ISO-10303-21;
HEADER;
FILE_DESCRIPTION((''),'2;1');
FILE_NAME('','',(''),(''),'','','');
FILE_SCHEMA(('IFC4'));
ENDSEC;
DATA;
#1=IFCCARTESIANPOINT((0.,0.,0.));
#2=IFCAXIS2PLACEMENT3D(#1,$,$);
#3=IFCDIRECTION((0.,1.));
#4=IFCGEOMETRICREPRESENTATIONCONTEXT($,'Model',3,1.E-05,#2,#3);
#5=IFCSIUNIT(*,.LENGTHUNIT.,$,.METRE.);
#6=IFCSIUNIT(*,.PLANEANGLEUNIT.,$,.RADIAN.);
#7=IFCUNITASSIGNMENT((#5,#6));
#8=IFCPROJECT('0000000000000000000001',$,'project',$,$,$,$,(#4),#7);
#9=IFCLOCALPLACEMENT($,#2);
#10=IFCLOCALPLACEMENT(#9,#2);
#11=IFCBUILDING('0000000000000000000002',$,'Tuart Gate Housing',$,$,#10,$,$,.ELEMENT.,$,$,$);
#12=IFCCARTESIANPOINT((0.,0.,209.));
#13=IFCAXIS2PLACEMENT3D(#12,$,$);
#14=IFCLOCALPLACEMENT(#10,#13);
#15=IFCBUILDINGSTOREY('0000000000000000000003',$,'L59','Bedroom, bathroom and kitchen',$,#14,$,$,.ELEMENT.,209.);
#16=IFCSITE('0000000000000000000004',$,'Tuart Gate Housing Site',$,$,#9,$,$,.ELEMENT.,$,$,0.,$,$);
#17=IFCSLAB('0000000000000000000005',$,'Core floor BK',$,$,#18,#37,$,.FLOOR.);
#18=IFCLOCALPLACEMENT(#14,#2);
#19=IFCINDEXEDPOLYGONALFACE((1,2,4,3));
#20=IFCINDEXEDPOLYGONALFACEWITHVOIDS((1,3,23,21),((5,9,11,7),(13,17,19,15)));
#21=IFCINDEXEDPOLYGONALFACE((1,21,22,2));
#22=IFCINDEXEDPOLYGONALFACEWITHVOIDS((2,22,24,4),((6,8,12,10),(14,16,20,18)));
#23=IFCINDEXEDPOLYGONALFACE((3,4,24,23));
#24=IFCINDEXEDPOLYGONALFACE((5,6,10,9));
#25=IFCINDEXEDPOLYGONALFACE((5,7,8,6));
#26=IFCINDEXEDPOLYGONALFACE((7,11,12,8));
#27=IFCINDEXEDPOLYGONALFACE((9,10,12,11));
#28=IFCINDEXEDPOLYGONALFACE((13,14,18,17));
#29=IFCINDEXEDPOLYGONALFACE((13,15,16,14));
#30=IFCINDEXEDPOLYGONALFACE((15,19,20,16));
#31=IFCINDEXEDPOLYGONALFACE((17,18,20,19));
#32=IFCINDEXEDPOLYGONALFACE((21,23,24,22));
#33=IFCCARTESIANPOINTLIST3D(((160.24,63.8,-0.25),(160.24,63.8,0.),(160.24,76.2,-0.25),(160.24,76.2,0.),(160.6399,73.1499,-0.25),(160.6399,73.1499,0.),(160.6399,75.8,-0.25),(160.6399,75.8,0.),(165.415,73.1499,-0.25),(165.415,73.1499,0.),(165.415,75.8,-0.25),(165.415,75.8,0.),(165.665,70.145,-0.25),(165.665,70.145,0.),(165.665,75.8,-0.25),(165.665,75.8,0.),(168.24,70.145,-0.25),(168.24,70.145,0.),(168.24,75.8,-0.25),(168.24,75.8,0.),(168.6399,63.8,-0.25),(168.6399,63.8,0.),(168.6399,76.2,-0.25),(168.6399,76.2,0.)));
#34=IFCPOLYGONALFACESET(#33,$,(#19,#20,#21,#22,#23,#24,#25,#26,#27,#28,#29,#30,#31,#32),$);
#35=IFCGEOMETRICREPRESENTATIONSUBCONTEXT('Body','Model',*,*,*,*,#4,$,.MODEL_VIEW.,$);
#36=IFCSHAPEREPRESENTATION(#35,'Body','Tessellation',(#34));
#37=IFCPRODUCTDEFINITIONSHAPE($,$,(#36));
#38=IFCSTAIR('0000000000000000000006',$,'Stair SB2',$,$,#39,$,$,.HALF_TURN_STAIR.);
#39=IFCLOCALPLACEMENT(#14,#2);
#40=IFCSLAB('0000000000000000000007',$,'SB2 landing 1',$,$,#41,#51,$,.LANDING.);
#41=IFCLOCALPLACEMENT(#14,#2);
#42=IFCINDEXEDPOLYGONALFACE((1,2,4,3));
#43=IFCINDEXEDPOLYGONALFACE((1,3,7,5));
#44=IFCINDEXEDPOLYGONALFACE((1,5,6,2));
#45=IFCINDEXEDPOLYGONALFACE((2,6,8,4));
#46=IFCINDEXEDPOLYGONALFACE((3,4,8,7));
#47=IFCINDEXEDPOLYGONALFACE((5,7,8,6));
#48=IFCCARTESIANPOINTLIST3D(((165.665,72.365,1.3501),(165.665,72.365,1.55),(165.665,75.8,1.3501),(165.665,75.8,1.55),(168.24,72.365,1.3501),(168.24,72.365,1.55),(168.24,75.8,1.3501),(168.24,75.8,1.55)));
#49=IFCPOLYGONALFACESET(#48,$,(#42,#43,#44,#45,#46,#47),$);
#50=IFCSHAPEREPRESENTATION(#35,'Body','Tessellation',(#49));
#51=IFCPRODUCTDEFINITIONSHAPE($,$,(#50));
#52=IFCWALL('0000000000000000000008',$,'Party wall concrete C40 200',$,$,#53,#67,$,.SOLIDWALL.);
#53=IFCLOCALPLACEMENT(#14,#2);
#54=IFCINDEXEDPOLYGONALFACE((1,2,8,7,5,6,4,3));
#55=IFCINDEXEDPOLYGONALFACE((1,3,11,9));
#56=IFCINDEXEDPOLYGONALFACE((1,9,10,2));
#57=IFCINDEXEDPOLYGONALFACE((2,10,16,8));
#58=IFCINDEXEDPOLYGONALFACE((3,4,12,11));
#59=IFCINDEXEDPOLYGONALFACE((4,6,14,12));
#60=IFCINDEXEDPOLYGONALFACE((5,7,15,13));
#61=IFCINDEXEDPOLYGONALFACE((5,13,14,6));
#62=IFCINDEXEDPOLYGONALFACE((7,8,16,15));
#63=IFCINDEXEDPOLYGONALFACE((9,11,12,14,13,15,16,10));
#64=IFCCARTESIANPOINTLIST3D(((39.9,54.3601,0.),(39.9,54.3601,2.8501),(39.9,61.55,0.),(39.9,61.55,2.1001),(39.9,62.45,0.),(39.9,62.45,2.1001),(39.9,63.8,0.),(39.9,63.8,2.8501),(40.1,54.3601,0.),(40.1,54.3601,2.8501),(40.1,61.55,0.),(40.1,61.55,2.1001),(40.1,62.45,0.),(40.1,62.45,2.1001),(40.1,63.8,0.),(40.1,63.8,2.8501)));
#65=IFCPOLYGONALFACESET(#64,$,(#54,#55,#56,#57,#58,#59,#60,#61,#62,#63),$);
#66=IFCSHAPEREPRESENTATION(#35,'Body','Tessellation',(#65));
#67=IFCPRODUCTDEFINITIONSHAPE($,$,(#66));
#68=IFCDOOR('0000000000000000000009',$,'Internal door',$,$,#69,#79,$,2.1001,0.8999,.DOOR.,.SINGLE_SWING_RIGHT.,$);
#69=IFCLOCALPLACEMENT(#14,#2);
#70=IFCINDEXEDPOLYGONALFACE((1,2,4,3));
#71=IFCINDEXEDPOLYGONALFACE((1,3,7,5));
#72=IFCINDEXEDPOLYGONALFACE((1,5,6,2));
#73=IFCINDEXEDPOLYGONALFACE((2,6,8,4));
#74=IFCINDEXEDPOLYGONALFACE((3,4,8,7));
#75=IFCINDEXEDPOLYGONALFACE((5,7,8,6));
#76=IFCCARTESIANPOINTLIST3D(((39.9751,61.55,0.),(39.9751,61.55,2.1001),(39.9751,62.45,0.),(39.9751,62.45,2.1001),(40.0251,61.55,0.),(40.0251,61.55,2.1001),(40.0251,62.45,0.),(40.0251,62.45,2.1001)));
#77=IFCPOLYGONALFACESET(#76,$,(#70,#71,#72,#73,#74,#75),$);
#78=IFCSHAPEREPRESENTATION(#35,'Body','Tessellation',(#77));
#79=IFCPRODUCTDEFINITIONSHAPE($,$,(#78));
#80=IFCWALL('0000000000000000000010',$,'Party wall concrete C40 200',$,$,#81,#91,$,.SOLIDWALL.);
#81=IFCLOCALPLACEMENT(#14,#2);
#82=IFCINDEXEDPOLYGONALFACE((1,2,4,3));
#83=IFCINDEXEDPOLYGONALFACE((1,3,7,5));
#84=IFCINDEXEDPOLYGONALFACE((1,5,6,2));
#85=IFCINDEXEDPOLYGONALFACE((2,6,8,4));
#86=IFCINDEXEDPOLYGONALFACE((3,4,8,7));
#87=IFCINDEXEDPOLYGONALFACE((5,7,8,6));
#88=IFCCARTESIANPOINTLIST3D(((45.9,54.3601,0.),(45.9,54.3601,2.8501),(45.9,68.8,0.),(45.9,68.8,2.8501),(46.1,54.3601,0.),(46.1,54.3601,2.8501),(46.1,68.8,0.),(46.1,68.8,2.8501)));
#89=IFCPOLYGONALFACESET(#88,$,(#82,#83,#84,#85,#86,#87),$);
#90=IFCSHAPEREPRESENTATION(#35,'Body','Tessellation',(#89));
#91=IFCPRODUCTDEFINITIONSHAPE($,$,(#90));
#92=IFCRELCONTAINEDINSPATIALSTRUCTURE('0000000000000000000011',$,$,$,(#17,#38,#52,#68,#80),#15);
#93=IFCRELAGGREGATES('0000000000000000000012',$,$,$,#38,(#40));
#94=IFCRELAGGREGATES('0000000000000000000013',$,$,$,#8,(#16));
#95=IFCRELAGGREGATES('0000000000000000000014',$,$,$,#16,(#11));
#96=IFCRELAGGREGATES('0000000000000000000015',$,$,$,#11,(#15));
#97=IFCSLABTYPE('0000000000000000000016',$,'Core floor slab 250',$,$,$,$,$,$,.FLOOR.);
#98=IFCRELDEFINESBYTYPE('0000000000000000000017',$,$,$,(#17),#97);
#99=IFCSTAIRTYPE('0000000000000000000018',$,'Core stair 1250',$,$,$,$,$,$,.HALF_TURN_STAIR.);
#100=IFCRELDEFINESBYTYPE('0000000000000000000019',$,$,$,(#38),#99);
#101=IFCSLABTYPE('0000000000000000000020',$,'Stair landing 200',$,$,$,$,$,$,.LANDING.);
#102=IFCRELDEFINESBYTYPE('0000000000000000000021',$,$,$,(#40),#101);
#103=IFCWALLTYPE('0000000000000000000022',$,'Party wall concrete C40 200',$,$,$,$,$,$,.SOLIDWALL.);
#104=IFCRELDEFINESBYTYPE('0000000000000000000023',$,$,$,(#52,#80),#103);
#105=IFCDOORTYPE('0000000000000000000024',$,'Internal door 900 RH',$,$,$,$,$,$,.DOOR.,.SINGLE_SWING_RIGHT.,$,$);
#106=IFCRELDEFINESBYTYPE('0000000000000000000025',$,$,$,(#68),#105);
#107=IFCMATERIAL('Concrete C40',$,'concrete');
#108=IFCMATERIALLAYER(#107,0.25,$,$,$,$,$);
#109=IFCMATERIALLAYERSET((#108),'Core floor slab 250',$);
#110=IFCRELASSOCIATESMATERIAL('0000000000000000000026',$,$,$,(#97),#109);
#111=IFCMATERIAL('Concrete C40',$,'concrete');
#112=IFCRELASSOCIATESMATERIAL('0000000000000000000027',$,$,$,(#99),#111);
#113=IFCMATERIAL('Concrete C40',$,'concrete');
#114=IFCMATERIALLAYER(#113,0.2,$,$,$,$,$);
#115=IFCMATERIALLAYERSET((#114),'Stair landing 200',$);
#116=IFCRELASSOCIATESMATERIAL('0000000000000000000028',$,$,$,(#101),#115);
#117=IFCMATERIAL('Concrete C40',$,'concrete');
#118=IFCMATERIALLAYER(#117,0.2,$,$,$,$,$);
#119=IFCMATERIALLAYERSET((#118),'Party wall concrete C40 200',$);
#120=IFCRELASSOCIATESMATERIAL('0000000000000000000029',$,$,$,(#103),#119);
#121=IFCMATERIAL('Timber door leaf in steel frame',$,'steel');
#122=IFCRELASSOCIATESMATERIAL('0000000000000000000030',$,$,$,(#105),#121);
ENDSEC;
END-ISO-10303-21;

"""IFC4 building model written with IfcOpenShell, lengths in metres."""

from ifc_helpers import new_model, si_unit, direction, frame, frame_2d, origin, place, context, subcontext, project, spatial, polyline, rectangle, outline, extrude, material, layer, layer_set, type_object, element, fill, aggregate, save


model = new_model("IFC4")

# Units and contexts
model_context = context("Model", 3, precision=1e-05, world=origin(), true_north=direction((0.0, 1.0)))
body_context = subcontext(model_context, "Body", "Model", "MODEL_VIEW")
ifc_project = project(units=[si_unit("LENGTHUNIT", "METRE"), si_unit("PLANEANGLEUNIT", "RADIAN")], contexts=[model_context])

# Site, building, storey
site_placement = place(None, origin())
site = spatial("IfcSite", under=ifc_project, at=site_placement, Name="Tuart Gate Housing Site", CompositionType="ELEMENT", RefElevation=0.0)
building_placement = place(site_placement, origin())
building = spatial("IfcBuilding", under=site, at=building_placement, Name="Tuart Gate Housing", CompositionType="ELEMENT")
storey_placement = place(building_placement, frame((0.0, 0.0, 209.0)))
storey = spatial("IfcBuildingStorey", under=building, at=storey_placement, Name="L59", Description="Bedroom, bathroom and kitchen", CompositionType="ELEMENT", Elevation=209.0)

# Slab
ifc_material_1 = material(Name="Concrete C40", Category="concrete")
ifc_layer_1 = layer(ifc_material_1, 0.25)
ifc_layer_set_1 = layer_set([ifc_layer_1], Name="Core floor slab 250")
slab_type_1 = type_object("IfcSlabType", Name="Core floor slab 250", PredefinedType="FLOOR", material=ifc_layer_set_1)
slab_1_placement = place(storey_placement, frame((0.0, 0.0, -0.25)))
element("IfcSlab", 1, at=slab_1_placement, inside=storey, type_object=slab_type_1, Name="Core floor BK", PredefinedType="FLOOR", context=body_context, shape_type="SweptSolid", body=[
    extrude(outline(polyline([(160.24, 63.8), (168.6399, 63.8), (168.6399, 76.2), (160.24, 76.2), (160.24, 63.8)]), holes=[polyline([(160.6399, 73.1499), (165.415, 73.1499), (165.415, 75.8), (160.6399, 75.8), (160.6399, 73.1499)]), polyline([(165.665, 70.145), (168.24, 70.145), (168.24, 75.8), (165.665, 75.8), (165.665, 70.145)])]), origin(), (0.0, 0.0, 1.0), 0.25),
])

# Stair, slab
ifc_material_2 = material(Name="Concrete C40", Category="concrete")
stair_type = type_object("IfcStairType", Name="Core stair 1250", PredefinedType="HALF_TURN_STAIR", material=ifc_material_2)
stair_placement = place(storey_placement, origin())
stair = element("IfcStair", 2, at=stair_placement, inside=storey, type_object=stair_type, Name="Stair SB2", PredefinedType="HALF_TURN_STAIR")
ifc_material_3 = material(Name="Concrete C40", Category="concrete")
ifc_layer_2 = layer(ifc_material_3, 0.2)
ifc_layer_set_2 = layer_set([ifc_layer_2], Name="Stair landing 200")
slab_type_2 = type_object("IfcSlabType", Name="Stair landing 200", PredefinedType="LANDING", material=ifc_layer_set_2)
slab_2_placement = place(storey_placement, frame((0.0, 0.0, 1.3501)))
slab_2 = element("IfcSlab", 3, at=slab_2_placement, type_object=slab_type_2, Name="SB2 landing 1", PredefinedType="LANDING", context=body_context, shape_type="SweptSolid", body=[
    extrude(outline(polyline([(165.665, 72.365), (168.24, 72.365), (168.24, 75.8), (165.665, 75.8), (165.665, 72.365)])), origin(), (0.0, 0.0, 1.0), 0.2),
])
aggregate(stair, [slab_2])

# Wall, opening, door
ifc_material_4 = material(Name="Concrete C40", Category="concrete")
ifc_layer_3 = layer(ifc_material_4, 0.2)
ifc_layer_set_3 = layer_set([ifc_layer_3], Name="Party wall concrete C40 200")
wall_type_1 = type_object("IfcWallType", Name="Party wall concrete C40 200", PredefinedType="SOLIDWALL", material=ifc_layer_set_3)
wall_1_placement = place(storey_placement, frame((40.0, 54.3601, 0.0), z_axis=(0.0, 0.0, 1.0), x_axis=(0.0, 1.0, 0.0)))
wall_1 = element("IfcWall", 4, at=wall_1_placement, inside=storey, type_object=wall_type_1, Name="Party wall concrete C40 200", PredefinedType="SOLIDWALL", context=body_context, shape_type="SweptSolid", body=[
    extrude(rectangle(XDim=9.4399, YDim=0.2, at=frame_2d((4.72, 0.0))), origin(), (0.0, 0.0, 1.0), 2.8501),
])
opening_1_placement = place(wall_1_placement, frame((7.1899, 0.0, 0.0)))
opening_1 = element("IfcOpeningElement", 5, at=opening_1_placement, cuts=wall_1, PredefinedType="OPENING", context=body_context, shape_type="SweptSolid", body=[
    extrude(rectangle(XDim=0.8999, YDim=2.1001, at=frame_2d((0.45, 1.05))), frame((0.0, 0.1099, 0.0), z_axis=(0.0, -1.0, 0.0), x_axis=(1.0, 0.0, 0.0)), (0.0, 0.0, 1.0), 0.22),
])
ifc_material_5 = material(Name="Timber door leaf in steel frame", Category="steel")
door_type = type_object("IfcDoorType", Name="Internal door 900 RH", OperationType="SINGLE_SWING_RIGHT", PredefinedType="DOOR", material=ifc_material_5)
door_placement = place(opening_1_placement, frame((0.8999, 0.0, 0.0), z_axis=(0.0, 0.0, 1.0), x_axis=(-1.0, 0.0, 0.0)))
door = element("IfcDoor", 6, at=door_placement, inside=storey, type_object=door_type, Name="Internal door", OperationType="SINGLE_SWING_RIGHT", OverallHeight=2.1001, OverallWidth=0.8999, PredefinedType="DOOR", context=body_context, shape_type="SweptSolid", body=[
    extrude(rectangle(XDim=0.8999, YDim=2.1001, at=frame_2d((0.45, 1.05))), frame((0.0, 0.0251, 0.0), z_axis=(0.0, -1.0, 0.0), x_axis=(1.0, 0.0, 0.0)), (0.0, 0.0, 1.0), 0.05),
])
fill(opening_1, door)

# Wall
wall_2_placement = place(storey_placement, frame((46.0, 54.3601, 0.0), z_axis=(0.0, 0.0, 1.0), x_axis=(0.0, 1.0, 0.0)))
element("IfcWall", 7, at=wall_2_placement, inside=storey, type_object=wall_type_1, Name="Party wall concrete C40 200", PredefinedType="SOLIDWALL", context=body_context, shape_type="SweptSolid", body=[
    extrude(rectangle(XDim=14.4399, YDim=0.2, at=frame_2d((7.22, 0.0))), origin(), (0.0, 0.0, 1.0), 2.8501),
])

save(model, "model.ifc")
